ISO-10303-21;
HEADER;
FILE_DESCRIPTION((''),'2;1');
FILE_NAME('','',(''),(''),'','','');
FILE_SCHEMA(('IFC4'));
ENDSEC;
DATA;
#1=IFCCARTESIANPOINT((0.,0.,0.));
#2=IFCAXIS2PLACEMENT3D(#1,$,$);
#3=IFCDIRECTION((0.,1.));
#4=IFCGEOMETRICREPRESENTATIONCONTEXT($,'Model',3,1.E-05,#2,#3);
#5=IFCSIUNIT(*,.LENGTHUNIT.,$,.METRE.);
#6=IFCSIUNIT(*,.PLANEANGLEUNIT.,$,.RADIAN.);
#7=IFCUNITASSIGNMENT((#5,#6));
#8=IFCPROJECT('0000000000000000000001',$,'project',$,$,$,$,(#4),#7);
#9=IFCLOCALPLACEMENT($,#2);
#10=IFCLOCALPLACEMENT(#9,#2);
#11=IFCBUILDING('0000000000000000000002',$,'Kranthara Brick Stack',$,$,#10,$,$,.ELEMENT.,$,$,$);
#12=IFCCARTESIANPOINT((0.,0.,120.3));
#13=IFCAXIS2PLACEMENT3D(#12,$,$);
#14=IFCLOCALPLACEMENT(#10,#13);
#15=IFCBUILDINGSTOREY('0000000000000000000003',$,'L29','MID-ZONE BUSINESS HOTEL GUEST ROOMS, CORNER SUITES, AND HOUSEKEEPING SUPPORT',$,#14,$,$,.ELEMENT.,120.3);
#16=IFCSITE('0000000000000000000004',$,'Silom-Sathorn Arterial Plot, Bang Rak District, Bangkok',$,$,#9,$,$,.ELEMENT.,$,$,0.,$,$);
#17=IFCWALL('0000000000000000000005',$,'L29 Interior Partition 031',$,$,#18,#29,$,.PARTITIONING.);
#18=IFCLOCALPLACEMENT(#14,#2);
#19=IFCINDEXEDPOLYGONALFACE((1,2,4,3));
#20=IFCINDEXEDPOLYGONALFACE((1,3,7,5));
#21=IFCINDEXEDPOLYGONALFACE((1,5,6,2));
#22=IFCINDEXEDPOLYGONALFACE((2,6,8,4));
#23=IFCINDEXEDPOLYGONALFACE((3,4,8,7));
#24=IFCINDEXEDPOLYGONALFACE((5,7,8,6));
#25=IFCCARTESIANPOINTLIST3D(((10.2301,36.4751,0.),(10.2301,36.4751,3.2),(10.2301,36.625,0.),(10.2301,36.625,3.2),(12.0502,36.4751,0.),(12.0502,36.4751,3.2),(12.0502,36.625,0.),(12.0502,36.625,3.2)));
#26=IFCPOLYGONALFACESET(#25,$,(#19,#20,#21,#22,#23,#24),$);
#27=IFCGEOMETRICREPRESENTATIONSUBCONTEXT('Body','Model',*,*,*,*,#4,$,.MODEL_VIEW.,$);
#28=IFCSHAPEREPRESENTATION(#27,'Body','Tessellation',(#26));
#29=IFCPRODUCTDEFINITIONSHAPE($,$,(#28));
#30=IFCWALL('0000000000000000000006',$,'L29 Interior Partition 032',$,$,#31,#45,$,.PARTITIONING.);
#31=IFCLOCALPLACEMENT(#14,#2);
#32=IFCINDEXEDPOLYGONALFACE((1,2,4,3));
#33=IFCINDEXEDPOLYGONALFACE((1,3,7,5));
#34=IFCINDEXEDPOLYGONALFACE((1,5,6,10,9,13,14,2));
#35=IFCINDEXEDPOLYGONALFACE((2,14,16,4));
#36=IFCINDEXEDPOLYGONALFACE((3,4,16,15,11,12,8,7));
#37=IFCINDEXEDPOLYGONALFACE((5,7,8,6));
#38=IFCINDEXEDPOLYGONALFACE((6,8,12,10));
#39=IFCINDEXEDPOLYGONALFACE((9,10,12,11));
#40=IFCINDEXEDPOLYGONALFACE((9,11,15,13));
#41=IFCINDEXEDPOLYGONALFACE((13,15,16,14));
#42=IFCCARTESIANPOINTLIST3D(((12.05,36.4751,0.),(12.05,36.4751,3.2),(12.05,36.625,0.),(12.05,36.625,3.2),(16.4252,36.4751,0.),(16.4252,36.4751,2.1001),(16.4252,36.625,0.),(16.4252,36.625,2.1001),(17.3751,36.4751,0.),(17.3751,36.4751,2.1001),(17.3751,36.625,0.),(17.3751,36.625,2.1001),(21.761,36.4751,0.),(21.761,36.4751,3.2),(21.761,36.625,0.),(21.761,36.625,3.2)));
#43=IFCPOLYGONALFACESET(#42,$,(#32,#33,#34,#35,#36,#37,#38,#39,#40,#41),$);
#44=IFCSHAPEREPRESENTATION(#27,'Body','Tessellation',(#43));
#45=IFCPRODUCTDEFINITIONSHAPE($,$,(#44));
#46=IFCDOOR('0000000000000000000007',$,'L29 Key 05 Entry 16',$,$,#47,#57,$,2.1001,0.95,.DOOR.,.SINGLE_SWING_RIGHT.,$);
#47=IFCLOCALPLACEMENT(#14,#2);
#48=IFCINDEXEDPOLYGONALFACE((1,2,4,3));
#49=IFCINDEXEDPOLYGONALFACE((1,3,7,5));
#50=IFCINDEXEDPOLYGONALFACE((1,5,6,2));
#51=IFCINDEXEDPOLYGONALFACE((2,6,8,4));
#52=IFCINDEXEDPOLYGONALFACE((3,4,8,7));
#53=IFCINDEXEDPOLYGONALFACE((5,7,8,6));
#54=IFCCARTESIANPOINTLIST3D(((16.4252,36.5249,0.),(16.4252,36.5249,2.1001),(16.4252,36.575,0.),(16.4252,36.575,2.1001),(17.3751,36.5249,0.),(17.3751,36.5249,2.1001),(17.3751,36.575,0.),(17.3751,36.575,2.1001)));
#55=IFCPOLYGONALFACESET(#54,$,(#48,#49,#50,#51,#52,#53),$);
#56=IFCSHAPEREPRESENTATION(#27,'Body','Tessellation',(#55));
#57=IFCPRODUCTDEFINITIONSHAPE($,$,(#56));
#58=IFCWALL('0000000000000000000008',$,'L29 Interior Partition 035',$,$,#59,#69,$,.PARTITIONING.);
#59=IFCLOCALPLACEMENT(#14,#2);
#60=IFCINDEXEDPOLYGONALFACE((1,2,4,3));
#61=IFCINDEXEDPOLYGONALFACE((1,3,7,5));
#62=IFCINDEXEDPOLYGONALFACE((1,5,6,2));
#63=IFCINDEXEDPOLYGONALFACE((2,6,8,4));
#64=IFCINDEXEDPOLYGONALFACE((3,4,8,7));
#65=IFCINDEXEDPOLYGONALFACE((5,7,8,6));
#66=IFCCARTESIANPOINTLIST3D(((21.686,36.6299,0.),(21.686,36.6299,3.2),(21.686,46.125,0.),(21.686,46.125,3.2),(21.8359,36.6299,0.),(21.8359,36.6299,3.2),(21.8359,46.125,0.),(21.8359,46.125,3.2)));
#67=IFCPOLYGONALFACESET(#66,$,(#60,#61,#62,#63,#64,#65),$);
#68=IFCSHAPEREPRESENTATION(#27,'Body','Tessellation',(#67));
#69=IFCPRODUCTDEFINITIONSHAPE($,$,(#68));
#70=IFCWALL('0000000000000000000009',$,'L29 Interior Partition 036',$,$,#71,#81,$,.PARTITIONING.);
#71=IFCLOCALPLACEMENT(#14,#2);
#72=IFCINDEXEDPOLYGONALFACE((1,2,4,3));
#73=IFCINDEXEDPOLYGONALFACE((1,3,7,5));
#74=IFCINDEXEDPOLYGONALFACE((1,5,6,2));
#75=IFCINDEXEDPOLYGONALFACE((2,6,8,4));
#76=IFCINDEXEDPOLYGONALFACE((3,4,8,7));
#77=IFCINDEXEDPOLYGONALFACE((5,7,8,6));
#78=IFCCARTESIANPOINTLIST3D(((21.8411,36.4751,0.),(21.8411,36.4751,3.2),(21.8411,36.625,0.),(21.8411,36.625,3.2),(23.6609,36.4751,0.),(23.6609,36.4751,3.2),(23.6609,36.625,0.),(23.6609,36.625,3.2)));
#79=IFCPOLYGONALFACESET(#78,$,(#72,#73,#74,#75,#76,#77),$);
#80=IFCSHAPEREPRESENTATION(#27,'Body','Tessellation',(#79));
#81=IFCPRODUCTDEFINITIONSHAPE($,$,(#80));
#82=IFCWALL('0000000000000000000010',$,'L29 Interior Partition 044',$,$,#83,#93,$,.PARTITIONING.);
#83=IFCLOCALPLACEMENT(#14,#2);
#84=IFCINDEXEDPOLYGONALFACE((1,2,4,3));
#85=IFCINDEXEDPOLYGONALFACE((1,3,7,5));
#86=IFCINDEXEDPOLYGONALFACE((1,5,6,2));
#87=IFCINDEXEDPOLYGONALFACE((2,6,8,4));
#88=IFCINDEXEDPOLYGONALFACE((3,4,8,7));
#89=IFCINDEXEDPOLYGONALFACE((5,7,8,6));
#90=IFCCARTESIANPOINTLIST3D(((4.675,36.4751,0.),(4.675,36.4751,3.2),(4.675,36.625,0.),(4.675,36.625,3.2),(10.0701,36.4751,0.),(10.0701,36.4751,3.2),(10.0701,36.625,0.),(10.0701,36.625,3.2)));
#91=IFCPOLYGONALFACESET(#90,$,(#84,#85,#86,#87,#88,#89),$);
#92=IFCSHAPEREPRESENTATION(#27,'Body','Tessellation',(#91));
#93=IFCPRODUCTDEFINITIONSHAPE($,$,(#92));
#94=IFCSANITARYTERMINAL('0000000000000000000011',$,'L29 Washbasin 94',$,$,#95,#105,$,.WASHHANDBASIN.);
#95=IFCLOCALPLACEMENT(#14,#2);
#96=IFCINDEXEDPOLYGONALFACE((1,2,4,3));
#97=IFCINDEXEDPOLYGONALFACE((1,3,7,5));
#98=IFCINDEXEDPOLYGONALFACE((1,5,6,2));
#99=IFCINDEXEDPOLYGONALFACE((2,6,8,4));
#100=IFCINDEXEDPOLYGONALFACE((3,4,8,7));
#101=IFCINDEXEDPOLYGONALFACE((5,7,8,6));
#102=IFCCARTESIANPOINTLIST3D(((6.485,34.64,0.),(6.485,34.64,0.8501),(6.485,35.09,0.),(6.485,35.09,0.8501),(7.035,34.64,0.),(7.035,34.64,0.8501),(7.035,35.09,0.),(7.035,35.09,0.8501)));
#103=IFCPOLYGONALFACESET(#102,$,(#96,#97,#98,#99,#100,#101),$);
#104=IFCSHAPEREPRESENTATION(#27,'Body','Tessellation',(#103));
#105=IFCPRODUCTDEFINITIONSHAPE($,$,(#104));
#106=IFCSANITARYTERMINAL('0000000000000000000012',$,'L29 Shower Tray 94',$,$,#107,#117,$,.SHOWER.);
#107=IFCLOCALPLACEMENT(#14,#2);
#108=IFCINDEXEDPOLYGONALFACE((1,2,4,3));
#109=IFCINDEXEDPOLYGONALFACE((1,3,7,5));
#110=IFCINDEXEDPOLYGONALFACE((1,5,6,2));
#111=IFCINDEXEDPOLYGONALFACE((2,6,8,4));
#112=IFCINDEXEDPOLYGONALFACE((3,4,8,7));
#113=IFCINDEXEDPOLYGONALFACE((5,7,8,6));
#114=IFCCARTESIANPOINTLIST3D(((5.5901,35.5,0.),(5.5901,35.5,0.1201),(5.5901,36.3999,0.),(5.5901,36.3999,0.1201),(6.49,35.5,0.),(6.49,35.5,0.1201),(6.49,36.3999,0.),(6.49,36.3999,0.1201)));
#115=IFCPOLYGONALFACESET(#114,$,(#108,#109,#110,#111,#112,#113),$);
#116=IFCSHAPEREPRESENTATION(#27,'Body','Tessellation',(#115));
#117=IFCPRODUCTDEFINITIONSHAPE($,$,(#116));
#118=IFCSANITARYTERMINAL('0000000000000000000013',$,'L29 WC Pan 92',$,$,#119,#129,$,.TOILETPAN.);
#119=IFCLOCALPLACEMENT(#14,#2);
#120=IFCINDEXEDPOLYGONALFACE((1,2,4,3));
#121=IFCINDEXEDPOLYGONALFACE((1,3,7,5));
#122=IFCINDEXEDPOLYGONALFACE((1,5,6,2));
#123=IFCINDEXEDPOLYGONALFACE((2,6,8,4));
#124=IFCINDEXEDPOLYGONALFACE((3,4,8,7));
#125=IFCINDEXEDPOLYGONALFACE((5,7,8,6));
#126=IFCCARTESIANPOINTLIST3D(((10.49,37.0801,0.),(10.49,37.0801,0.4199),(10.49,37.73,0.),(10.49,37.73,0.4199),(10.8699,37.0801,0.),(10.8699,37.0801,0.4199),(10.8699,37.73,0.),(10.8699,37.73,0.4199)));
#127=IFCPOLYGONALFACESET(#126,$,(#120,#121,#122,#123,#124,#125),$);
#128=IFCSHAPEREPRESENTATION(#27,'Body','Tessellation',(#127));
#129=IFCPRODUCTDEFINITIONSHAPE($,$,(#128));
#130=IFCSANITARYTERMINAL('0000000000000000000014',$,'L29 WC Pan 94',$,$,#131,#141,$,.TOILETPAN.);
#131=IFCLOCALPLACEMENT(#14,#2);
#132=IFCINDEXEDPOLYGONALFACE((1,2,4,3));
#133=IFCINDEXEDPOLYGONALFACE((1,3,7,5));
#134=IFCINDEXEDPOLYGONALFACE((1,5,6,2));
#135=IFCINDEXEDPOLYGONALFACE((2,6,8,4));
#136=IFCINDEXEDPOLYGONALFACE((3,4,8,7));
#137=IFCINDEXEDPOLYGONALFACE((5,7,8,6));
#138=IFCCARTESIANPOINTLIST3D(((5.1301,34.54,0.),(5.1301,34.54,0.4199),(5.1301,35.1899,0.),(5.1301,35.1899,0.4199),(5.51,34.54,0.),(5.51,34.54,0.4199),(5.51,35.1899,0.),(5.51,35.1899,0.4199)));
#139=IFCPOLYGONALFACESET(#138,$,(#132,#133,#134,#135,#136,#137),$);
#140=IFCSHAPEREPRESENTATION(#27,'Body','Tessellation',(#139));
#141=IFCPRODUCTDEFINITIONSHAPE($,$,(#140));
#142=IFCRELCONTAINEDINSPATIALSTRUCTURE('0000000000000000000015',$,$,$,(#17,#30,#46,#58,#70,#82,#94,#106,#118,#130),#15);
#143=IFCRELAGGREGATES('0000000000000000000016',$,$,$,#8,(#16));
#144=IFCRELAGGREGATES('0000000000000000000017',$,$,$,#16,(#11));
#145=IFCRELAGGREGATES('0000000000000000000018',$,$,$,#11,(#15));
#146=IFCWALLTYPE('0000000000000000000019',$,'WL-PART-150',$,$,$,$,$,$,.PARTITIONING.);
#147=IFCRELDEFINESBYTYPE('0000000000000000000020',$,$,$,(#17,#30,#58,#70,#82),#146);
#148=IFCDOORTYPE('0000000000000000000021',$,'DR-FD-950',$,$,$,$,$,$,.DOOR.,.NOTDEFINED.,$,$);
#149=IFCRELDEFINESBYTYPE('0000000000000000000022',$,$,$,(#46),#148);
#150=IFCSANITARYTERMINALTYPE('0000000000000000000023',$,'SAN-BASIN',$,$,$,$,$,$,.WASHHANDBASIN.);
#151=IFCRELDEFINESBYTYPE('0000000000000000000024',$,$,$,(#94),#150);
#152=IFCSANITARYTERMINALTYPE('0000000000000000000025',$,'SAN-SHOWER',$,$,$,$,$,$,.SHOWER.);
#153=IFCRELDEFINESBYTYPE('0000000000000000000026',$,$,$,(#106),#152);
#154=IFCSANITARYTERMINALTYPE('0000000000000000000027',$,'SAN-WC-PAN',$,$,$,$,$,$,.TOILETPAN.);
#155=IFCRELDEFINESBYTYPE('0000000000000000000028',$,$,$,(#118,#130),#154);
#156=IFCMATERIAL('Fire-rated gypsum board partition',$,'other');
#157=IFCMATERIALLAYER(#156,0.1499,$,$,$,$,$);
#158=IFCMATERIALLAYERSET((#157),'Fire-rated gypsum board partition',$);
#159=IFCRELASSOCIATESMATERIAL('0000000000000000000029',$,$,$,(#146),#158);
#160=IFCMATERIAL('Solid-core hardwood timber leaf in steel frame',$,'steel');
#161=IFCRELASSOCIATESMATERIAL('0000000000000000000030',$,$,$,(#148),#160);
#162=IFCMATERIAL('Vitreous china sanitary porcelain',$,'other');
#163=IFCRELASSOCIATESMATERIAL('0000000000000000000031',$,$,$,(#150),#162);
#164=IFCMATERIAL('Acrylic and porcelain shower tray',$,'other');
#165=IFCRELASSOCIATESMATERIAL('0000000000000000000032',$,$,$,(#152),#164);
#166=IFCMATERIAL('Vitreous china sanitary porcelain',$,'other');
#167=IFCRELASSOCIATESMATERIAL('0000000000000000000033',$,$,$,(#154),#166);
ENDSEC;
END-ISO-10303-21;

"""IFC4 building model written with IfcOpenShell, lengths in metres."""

from ifc_helpers import new_model, si_unit, direction, frame, frame_2d, origin, origin_2d, place, context, subcontext, project, spatial, rectangle, extrude, material, layer, layer_set, type_object, element, fill, save


model = new_model("IFC4")

# Units and contexts
model_context = context("Model", 3, precision=1e-05, world=origin(), true_north=direction((0.0, 1.0)))
body_context = subcontext(model_context, "Body", "Model", "MODEL_VIEW")
ifc_project = project(units=[si_unit("LENGTHUNIT", "METRE"), si_unit("PLANEANGLEUNIT", "RADIAN")], contexts=[model_context])

# Site, building, storey
site_placement = place(None, origin())
site = spatial("IfcSite", under=ifc_project, at=site_placement, Name="Silom-Sathorn Arterial Plot, Bang Rak District, Bangkok", CompositionType="ELEMENT", RefElevation=0.0)
building_placement = place(site_placement, origin())
building = spatial("IfcBuilding", under=site, at=building_placement, Name="Kranthara Brick Stack", CompositionType="ELEMENT")
storey_placement = place(building_placement, frame((0.0, 0.0, 120.3)))
storey = spatial("IfcBuildingStorey", under=building, at=storey_placement, Name="L29", Description="MID-ZONE BUSINESS HOTEL GUEST ROOMS, CORNER SUITES, AND HOUSEKEEPING SUPPORT", CompositionType="ELEMENT", Elevation=120.3)

# Wall
ifc_material_1 = material(Name="Fire-rated gypsum board partition", Category="other")
ifc_layer_1 = layer(ifc_material_1, 0.1499)
ifc_layer_set_1 = layer_set([ifc_layer_1], Name="Fire-rated gypsum board partition")
wall_type_1 = type_object("IfcWallType", Name="WL-PART-150", PredefinedType="PARTITIONING", material=ifc_layer_set_1)
wall_1_placement = place(storey_placement, frame((10.23, 36.55, 0.0), z_axis=(0.0, 0.0, 1.0), x_axis=(1.0, 0.0, 0.0)))
element("IfcWall", 1, at=wall_1_placement, inside=storey, type_object=wall_type_1, Name="L29 Interior Partition 031", PredefinedType="PARTITIONING", context=body_context, shape_type="SweptSolid", body=[
    extrude(rectangle(XDim=1.8201, YDim=0.1499, at=frame_2d((0.9102, 0.0))), origin(), (0.0, 0.0, 1.0), 3.2),
])

# Wall, opening, door
wall_2_placement = place(storey_placement, frame((12.05, 36.55, 0.0), z_axis=(0.0, 0.0, 1.0), x_axis=(1.0, 0.0, 0.0)))
wall_2 = element("IfcWall", 2, at=wall_2_placement, inside=storey, type_object=wall_type_1, Name="L29 Interior Partition 032", PredefinedType="PARTITIONING", context=body_context, shape_type="SweptSolid", body=[
    extrude(rectangle(XDim=9.7109, YDim=0.1499, at=frame_2d((4.8555, 0.0))), origin(), (0.0, 0.0, 1.0), 3.2),
])
opening_1_placement = place(wall_2_placement, frame((4.375, 0.0, 0.0)))
opening_1 = element("IfcOpeningElement", 3, at=opening_1_placement, cuts=wall_2, PredefinedType="OPENING", context=body_context, shape_type="SweptSolid", body=[
    extrude(rectangle(XDim=0.95, YDim=2.1001, at=frame_2d((0.4751, 1.05))), frame((0.0, 0.085, 0.0), z_axis=(0.0, -1.0, 0.0), x_axis=(1.0, 0.0, 0.0)), (0.0, 0.0, 1.0), 0.1699),
])
ifc_material_2 = material(Name="Solid-core hardwood timber leaf in steel frame", Category="steel")
door_type_1 = type_object("IfcDoorType", Name="DR-FD-950", OperationType="NOTDEFINED", PredefinedType="DOOR", material=ifc_material_2)
door_1_placement = place(opening_1_placement, origin())
door_1 = element("IfcDoor", 4, at=door_1_placement, inside=storey, type_object=door_type_1, Name="L29 Key 05 Entry 16", OperationType="SINGLE_SWING_RIGHT", OverallHeight=2.1001, OverallWidth=0.95, PredefinedType="DOOR", context=body_context, shape_type="SweptSolid", body=[
    extrude(rectangle(XDim=0.95, YDim=2.1001, at=frame_2d((0.4751, 1.05))), frame((0.0, 0.0249, 0.0), z_axis=(0.0, -1.0, 0.0), x_axis=(1.0, 0.0, 0.0)), (0.0, 0.0, 1.0), 0.05),
])
fill(opening_1, door_1)

# Walls
wall_3_placement = place(storey_placement, frame((21.761, 36.6299, 0.0), z_axis=(0.0, 0.0, 1.0), x_axis=(0.0, 1.0, 0.0)))
element("IfcWall", 5, at=wall_3_placement, inside=storey, type_object=wall_type_1, Name="L29 Interior Partition 035", PredefinedType="PARTITIONING", context=body_context, shape_type="SweptSolid", body=[
    extrude(rectangle(XDim=9.4951, YDim=0.1499, at=frame_2d((4.7476, 0.0))), origin(), (0.0, 0.0, 1.0), 3.2),
])
wall_4_placement = place(storey_placement, frame((21.8411, 36.55, 0.0), z_axis=(0.0, 0.0, 1.0), x_axis=(1.0, 0.0, 0.0)))
element("IfcWall", 6, at=wall_4_placement, inside=storey, type_object=wall_type_1, Name="L29 Interior Partition 036", PredefinedType="PARTITIONING", context=body_context, shape_type="SweptSolid", body=[
    extrude(rectangle(XDim=1.8198, YDim=0.1499, at=frame_2d((0.9099, 0.0))), origin(), (0.0, 0.0, 1.0), 3.2),
])
wall_5_placement = place(storey_placement, frame((4.675, 36.55, 0.0), z_axis=(0.0, 0.0, 1.0), x_axis=(1.0, 0.0, 0.0)))
element("IfcWall", 7, at=wall_5_placement, inside=storey, type_object=wall_type_1, Name="L29 Interior Partition 044", PredefinedType="PARTITIONING", context=body_context, shape_type="SweptSolid", body=[
    extrude(rectangle(XDim=5.395, YDim=0.1499, at=frame_2d((2.6975, 0.0))), origin(), (0.0, 0.0, 1.0), 3.2),
])

# Sanitary terminals
ifc_material_3 = material(Name="Vitreous china sanitary porcelain", Category="other")
sanitary_terminal_type_1 = type_object("IfcSanitaryTerminalType", Name="SAN-BASIN", PredefinedType="WASHHANDBASIN", material=ifc_material_3)
sanitary_terminal_1_placement = place(storey_placement, frame((6.76, 34.865, 0.0), z_axis=(0.0, 0.0, 1.0), x_axis=(1.0, 0.0, 0.0)))
element("IfcSanitaryTerminal", 8, at=sanitary_terminal_1_placement, inside=storey, type_object=sanitary_terminal_type_1, Name="L29 Washbasin 94", PredefinedType="WASHHANDBASIN", context=body_context, shape_type="SweptSolid", body=[
    extrude(rectangle(XDim=0.55, YDim=0.45, at=origin_2d()), origin(), (0.0, 0.0, 1.0), 0.8501),
])
ifc_material_4 = material(Name="Acrylic and porcelain shower tray", Category="other")
sanitary_terminal_type_2 = type_object("IfcSanitaryTerminalType", Name="SAN-SHOWER", PredefinedType="SHOWER", material=ifc_material_4)
sanitary_terminal_2_placement = place(storey_placement, frame((6.04, 35.95, 0.0), z_axis=(0.0, 0.0, 1.0), x_axis=(1.0, 0.0, 0.0)))
element("IfcSanitaryTerminal", 9, at=sanitary_terminal_2_placement, inside=storey, type_object=sanitary_terminal_type_2, Name="L29 Shower Tray 94", PredefinedType="SHOWER", context=body_context, shape_type="SweptSolid", body=[
    extrude(rectangle(XDim=0.8999, YDim=0.8999, at=origin_2d()), origin(), (0.0, 0.0, 1.0), 0.1201),
])
ifc_material_5 = material(Name="Vitreous china sanitary porcelain", Category="other")
sanitary_terminal_type_3 = type_object("IfcSanitaryTerminalType", Name="SAN-WC-PAN", PredefinedType="TOILETPAN", material=ifc_material_5)
for number, where, z_axis, x_axis, name in (
    (10, (10.6799, 37.405, 0.0), (0.0, 0.0, 1.0), (1.0, 0.0, 0.0), "L29 WC Pan 92"),
    (11, (5.3201, 34.865, 0.0), (0.0, 0.0, 1.0), (1.0, 0.0, 0.0), "L29 WC Pan 94"),
):
    element("IfcSanitaryTerminal", number, at=place(storey_placement, frame(where, z_axis=z_axis, x_axis=x_axis)), inside=storey, type_object=sanitary_terminal_type_3, Name=name, PredefinedType="TOILETPAN", context=body_context, shape_type="SweptSolid", body=[
        extrude(rectangle(XDim=0.3799, YDim=0.6499, at=origin_2d()), origin(), (0.0, 0.0, 1.0), 0.4199),
    ])

save(model, "model.ifc")
